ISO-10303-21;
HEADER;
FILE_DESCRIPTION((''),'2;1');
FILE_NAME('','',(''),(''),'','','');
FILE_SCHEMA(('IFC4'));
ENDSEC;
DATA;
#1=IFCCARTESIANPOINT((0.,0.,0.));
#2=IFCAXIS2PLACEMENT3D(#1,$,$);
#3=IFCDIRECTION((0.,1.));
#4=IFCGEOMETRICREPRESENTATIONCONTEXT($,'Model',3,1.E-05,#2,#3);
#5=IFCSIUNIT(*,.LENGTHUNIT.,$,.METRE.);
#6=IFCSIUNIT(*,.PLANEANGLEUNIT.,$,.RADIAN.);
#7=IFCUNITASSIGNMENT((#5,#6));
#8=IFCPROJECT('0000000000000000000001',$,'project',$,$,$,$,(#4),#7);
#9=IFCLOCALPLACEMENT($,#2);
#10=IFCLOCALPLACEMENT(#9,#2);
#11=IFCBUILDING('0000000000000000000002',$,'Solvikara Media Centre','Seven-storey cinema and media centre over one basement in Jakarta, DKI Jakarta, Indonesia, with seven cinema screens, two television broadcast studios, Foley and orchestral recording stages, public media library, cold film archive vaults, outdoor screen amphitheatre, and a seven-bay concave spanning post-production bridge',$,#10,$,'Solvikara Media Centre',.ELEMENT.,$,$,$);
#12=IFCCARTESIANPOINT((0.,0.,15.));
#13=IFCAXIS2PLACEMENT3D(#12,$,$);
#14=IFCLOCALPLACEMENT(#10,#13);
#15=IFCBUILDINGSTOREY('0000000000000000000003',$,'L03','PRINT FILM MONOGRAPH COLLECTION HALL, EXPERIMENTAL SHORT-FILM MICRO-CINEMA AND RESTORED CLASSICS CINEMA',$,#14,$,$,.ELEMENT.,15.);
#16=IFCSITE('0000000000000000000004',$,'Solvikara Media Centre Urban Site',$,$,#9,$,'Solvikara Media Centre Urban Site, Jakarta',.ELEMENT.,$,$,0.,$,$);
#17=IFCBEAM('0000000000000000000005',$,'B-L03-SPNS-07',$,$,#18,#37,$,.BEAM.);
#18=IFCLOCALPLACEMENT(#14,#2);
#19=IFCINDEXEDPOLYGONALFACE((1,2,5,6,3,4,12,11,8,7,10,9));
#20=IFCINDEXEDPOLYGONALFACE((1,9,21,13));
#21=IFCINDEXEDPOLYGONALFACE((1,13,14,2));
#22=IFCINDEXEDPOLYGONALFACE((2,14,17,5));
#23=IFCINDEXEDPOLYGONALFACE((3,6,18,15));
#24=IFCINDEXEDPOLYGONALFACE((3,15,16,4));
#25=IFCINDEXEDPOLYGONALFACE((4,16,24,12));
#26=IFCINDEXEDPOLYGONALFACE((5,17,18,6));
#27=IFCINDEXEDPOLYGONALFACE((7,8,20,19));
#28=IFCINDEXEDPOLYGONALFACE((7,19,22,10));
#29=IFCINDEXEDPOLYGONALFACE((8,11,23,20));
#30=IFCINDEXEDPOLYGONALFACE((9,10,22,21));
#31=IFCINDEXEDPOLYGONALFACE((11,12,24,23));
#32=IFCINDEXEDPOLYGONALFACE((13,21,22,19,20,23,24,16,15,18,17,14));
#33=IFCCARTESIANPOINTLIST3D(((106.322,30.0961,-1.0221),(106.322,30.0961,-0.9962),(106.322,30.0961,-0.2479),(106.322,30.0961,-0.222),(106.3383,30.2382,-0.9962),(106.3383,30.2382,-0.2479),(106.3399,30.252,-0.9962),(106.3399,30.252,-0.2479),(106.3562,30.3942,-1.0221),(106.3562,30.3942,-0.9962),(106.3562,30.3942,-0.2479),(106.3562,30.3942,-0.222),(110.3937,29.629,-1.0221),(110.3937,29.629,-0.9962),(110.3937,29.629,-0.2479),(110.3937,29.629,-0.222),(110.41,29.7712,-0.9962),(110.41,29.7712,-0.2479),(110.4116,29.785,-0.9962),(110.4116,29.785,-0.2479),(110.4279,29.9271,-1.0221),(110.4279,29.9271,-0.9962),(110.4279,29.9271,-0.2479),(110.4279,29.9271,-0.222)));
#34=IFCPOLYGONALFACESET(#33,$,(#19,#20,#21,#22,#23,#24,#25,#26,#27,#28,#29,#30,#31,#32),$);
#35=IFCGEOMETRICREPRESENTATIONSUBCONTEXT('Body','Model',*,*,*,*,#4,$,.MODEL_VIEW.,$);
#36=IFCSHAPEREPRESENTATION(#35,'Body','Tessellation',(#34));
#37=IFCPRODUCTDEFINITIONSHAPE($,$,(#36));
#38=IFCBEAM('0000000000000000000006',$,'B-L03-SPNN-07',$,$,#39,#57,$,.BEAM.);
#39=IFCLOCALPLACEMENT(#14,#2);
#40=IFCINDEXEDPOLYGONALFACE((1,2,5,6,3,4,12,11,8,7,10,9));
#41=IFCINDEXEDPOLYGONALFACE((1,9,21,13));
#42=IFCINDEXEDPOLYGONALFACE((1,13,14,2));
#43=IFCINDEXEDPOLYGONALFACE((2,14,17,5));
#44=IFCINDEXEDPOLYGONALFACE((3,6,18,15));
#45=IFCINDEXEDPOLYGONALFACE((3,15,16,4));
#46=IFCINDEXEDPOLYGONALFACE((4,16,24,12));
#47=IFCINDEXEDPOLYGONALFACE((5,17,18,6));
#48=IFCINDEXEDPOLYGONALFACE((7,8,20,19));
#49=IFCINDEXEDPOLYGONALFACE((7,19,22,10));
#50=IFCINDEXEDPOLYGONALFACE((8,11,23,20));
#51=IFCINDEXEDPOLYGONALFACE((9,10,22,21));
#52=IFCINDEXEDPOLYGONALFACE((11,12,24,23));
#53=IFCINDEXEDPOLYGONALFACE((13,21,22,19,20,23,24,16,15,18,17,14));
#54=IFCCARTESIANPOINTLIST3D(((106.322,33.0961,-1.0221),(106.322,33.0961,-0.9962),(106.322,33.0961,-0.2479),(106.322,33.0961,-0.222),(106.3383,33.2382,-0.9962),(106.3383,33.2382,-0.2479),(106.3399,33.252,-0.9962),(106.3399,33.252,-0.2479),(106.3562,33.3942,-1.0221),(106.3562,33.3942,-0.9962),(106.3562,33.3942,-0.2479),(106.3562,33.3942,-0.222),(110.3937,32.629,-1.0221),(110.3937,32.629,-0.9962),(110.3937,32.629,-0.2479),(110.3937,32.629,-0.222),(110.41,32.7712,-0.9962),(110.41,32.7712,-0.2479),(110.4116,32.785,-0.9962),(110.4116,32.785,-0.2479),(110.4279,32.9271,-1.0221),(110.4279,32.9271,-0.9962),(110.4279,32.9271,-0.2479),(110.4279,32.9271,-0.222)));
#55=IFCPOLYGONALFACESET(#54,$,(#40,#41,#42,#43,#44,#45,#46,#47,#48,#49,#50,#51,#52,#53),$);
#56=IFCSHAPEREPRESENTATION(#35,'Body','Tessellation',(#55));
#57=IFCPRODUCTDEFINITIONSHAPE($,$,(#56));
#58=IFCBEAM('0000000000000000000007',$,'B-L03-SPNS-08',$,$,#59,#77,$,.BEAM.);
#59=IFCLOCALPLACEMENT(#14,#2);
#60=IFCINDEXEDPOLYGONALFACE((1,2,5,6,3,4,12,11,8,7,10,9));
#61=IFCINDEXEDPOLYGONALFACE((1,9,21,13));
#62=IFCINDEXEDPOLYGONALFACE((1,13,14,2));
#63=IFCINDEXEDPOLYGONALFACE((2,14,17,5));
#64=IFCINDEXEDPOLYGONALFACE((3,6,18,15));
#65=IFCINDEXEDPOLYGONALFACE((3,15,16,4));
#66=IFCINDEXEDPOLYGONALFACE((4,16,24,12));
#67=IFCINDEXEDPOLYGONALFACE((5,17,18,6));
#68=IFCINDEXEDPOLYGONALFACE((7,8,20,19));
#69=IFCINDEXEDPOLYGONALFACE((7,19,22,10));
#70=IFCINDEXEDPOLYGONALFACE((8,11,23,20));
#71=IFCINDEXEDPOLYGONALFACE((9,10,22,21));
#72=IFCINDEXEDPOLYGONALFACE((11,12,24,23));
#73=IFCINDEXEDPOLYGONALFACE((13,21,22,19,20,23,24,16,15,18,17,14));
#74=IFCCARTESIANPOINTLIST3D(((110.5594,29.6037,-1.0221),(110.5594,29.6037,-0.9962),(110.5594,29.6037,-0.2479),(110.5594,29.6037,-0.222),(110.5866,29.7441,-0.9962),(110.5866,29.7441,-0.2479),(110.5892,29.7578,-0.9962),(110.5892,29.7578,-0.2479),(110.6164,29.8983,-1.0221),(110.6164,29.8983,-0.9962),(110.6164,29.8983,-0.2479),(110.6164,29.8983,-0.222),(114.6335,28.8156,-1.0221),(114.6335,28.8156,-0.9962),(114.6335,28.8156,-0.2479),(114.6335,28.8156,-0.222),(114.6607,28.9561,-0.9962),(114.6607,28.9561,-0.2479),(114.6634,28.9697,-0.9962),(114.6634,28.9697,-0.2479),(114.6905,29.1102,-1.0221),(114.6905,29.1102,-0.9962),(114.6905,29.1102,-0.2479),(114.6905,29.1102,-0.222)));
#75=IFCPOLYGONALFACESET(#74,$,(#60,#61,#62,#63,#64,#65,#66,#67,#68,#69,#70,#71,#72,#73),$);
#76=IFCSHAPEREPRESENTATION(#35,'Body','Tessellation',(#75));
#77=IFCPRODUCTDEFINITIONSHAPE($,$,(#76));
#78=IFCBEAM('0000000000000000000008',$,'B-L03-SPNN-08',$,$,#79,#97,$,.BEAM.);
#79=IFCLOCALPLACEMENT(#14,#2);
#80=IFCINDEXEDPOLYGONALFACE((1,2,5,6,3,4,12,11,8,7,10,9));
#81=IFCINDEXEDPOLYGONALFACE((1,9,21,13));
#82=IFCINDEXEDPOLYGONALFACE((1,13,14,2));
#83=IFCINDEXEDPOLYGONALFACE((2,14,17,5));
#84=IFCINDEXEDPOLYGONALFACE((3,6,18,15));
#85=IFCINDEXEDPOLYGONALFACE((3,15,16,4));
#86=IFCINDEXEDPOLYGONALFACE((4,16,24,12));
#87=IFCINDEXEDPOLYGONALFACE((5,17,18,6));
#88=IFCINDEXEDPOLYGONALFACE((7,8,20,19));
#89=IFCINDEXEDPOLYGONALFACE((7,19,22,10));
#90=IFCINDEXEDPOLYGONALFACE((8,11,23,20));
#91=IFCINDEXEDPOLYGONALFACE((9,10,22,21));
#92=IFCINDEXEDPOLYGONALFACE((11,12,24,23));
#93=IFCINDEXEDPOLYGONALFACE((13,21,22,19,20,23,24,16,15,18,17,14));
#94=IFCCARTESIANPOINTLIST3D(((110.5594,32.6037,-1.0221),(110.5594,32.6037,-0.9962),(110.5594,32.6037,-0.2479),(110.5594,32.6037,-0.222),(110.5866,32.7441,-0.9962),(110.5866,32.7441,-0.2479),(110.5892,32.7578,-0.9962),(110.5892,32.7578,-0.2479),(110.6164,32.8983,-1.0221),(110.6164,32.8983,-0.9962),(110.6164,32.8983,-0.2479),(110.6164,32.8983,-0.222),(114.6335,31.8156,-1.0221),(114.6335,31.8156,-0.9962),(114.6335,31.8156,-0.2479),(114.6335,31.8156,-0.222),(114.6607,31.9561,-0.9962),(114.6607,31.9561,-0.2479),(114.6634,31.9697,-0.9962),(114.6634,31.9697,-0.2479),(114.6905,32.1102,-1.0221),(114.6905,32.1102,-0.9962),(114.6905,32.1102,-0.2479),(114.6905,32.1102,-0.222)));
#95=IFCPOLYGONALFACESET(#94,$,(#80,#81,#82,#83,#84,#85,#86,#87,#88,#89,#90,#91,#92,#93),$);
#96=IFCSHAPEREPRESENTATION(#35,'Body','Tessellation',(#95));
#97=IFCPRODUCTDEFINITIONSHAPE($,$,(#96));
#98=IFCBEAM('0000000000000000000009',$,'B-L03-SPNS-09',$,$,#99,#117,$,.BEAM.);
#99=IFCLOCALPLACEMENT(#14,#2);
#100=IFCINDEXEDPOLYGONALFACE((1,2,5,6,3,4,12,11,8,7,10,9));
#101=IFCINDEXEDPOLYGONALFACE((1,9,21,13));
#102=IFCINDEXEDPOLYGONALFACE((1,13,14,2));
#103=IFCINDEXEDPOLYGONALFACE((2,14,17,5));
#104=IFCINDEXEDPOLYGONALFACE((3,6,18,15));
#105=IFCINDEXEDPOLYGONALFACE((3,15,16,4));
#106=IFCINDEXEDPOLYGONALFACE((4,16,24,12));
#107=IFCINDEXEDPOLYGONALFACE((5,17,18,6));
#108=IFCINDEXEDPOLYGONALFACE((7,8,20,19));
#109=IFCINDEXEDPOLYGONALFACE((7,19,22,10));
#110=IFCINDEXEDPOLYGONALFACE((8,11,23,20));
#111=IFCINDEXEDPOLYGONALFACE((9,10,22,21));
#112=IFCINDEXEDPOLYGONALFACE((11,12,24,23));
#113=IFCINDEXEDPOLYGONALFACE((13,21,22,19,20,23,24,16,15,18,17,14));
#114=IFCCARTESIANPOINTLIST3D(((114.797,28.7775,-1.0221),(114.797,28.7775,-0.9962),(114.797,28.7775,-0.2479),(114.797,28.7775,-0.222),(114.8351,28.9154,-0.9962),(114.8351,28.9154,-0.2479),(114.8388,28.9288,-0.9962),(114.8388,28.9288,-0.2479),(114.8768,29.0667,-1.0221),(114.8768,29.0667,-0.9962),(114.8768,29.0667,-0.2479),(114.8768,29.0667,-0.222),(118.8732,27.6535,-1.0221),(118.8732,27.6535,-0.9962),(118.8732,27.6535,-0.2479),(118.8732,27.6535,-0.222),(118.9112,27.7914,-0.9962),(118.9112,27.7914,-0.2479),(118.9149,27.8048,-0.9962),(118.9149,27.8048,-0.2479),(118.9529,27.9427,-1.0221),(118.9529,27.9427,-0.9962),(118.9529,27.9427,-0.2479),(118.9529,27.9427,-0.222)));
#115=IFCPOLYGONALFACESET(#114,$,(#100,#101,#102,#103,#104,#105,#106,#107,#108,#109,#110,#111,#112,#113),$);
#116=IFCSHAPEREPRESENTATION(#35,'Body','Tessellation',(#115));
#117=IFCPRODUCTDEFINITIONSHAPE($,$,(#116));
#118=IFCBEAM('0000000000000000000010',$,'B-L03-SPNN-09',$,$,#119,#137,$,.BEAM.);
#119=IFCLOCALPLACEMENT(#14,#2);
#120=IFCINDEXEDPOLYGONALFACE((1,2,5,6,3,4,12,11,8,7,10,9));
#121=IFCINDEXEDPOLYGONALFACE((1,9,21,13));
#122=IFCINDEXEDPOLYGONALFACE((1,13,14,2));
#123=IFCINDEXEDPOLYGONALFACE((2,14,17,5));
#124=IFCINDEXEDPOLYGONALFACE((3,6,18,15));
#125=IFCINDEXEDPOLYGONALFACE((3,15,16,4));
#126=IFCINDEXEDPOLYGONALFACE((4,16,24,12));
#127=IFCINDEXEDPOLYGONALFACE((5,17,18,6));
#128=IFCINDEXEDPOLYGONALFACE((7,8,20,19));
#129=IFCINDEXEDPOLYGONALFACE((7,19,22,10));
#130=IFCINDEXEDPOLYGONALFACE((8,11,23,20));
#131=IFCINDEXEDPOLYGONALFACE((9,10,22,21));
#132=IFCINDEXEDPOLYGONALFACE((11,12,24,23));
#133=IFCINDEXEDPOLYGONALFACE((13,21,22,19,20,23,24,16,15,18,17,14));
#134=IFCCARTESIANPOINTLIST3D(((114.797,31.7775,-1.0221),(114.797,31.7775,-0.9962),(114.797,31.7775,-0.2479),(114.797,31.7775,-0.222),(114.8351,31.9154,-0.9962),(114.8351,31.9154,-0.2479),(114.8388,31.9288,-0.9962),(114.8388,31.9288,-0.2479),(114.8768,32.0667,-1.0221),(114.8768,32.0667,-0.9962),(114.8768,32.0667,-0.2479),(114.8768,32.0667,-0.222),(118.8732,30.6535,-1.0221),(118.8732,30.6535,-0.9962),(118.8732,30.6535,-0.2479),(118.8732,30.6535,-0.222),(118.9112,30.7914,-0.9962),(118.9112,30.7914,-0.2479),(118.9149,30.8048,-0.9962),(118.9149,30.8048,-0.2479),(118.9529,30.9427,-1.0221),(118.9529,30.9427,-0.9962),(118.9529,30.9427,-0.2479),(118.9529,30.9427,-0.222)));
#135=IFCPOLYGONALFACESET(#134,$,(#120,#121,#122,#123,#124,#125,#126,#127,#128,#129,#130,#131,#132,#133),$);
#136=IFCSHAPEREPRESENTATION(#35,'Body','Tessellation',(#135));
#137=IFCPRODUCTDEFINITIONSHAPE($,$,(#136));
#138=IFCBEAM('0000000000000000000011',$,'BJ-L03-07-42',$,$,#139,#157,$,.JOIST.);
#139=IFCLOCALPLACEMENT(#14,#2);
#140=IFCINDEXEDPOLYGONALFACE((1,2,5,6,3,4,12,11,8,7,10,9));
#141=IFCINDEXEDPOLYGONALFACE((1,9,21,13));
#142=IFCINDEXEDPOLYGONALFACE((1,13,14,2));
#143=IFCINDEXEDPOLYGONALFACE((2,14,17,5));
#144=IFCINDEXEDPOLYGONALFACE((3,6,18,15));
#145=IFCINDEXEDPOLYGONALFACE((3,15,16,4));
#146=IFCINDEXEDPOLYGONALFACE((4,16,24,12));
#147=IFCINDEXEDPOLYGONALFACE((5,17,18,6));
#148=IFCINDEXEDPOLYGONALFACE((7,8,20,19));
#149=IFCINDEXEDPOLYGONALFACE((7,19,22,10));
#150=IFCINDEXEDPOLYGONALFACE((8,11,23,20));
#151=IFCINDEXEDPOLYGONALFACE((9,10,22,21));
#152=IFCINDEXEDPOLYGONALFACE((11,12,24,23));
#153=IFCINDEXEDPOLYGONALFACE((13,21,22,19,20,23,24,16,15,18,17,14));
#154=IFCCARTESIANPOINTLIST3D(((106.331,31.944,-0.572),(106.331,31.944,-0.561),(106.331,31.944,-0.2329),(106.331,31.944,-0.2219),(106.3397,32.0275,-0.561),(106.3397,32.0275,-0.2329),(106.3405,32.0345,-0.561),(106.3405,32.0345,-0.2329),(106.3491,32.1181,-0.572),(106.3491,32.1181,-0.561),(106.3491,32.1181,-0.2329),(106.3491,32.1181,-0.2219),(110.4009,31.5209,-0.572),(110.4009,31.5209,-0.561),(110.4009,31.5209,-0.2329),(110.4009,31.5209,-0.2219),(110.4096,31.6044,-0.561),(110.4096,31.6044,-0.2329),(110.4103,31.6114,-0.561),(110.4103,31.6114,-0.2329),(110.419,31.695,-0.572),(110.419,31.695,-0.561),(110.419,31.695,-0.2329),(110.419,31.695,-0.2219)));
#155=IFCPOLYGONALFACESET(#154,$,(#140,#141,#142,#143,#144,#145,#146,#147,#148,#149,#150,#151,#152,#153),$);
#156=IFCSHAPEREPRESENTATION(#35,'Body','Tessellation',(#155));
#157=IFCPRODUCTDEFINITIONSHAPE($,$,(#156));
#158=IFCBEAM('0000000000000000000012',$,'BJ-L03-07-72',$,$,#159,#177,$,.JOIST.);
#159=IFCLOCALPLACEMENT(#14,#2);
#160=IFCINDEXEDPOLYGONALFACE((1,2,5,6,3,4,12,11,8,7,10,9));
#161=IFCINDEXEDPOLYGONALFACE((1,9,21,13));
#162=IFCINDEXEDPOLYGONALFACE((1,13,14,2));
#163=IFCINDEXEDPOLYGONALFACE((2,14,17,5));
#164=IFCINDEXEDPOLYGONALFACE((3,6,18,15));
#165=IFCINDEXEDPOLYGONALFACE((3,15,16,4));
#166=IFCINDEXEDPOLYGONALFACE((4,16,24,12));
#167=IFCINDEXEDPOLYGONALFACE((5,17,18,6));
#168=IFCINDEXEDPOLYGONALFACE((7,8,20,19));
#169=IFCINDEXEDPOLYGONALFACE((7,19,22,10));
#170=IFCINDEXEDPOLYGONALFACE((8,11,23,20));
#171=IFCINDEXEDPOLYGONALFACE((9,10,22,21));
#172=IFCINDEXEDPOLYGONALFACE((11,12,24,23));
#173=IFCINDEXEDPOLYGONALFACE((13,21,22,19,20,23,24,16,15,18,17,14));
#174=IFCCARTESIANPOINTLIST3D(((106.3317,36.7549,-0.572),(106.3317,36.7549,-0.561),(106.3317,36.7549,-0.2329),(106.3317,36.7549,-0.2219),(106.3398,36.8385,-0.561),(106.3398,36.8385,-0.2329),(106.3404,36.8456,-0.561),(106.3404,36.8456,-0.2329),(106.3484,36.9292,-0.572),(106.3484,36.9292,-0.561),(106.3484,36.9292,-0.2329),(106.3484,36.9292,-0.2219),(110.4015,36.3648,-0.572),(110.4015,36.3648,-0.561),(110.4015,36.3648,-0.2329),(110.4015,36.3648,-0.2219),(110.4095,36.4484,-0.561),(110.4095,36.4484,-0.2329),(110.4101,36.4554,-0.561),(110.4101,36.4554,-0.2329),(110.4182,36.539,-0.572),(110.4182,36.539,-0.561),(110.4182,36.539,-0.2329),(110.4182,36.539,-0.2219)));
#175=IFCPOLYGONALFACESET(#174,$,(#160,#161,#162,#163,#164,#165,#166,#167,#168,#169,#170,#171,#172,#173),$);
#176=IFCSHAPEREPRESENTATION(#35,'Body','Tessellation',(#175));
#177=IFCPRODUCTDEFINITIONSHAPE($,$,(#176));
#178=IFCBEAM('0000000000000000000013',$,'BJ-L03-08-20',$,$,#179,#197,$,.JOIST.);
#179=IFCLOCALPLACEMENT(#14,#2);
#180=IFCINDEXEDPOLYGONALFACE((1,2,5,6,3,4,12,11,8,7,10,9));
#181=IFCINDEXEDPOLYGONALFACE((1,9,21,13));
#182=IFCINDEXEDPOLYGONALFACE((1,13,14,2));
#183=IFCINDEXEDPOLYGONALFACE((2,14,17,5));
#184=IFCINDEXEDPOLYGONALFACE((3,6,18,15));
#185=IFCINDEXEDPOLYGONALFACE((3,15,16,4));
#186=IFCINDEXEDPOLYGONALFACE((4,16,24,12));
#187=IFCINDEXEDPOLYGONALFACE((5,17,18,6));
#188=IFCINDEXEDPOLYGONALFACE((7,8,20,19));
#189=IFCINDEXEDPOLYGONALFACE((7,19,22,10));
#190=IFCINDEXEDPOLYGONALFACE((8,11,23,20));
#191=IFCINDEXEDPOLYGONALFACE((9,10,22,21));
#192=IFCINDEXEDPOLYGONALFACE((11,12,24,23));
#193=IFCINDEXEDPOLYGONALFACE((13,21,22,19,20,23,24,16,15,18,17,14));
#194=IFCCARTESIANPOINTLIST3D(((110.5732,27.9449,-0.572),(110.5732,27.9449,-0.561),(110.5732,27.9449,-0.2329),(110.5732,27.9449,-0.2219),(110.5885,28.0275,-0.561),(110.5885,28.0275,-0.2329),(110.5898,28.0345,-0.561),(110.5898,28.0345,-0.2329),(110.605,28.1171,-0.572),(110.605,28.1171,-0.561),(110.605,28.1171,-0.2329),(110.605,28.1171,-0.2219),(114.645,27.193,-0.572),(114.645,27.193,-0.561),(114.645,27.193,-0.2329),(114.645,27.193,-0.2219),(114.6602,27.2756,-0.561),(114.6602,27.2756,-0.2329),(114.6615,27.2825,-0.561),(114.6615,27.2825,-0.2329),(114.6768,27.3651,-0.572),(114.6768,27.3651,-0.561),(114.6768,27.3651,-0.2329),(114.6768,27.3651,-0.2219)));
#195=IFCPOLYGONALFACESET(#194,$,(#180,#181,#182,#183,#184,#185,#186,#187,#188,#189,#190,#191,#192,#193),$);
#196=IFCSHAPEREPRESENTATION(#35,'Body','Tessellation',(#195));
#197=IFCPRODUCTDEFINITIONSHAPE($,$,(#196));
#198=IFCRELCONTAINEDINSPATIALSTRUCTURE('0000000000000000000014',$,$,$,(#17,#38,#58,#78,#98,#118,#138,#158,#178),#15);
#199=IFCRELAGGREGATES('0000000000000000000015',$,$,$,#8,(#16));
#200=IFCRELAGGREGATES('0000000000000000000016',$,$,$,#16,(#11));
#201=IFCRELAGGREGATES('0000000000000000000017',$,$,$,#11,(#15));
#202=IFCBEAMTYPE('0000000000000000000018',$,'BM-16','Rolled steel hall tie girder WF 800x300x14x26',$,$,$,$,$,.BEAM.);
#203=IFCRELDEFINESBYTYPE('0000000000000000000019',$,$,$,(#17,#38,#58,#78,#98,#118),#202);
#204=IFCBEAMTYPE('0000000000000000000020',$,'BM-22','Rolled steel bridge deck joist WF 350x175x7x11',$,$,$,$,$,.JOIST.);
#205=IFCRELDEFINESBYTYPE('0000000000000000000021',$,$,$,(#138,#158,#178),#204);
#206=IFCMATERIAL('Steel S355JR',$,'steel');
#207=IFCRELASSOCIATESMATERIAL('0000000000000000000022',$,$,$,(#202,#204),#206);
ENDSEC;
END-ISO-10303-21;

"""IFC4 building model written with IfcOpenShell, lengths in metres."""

from ifc_helpers import new_model, si_unit, direction, frame, origin, origin_2d, place, context, subcontext, project, spatial, i_section, extrude, material, material_profile, profile_set, type_object, element, save


model = new_model("IFC4")

# Units and contexts
model_context = context("Model", 3, precision=1e-05, world=origin(), true_north=direction((0.0, 1.0)))
body_context = subcontext(model_context, "Body", "Model", "MODEL_VIEW")
ifc_project = project(units=[si_unit("LENGTHUNIT", "METRE"), si_unit("PLANEANGLEUNIT", "RADIAN")], contexts=[model_context])

# Site, building, storey
site_placement = place(None, origin())
site = spatial("IfcSite", under=ifc_project, at=site_placement, Name="Solvikara Media Centre Urban Site", LongName="Solvikara Media Centre Urban Site, Jakarta", CompositionType="ELEMENT", RefElevation=0.0)
building_placement = place(site_placement, origin())
building = spatial("IfcBuilding", under=site, at=building_placement, Name="Solvikara Media Centre", Description="Seven-storey cinema and media centre over one basement in Jakarta, DKI Jakarta, Indonesia, with seven cinema screens, two television broadcast studios, Foley and orchestral recording stages, public media library, cold film archive vaults, outdoor screen amphitheatre, and a seven-bay concave spanning post-production bridge", LongName="Solvikara Media Centre", CompositionType="ELEMENT")
storey_placement = place(building_placement, frame((0.0, 0.0, 15.0)))
storey = spatial("IfcBuildingStorey", under=building, at=storey_placement, Name="L03", Description="PRINT FILM MONOGRAPH COLLECTION HALL, EXPERIMENTAL SHORT-FILM MICRO-CINEMA AND RESTORED CLASSICS CINEMA", CompositionType="ELEMENT", Elevation=15.0)

# Beams
ifc_material_1 = material(Name="Steel S355JR", Category="steel")
ifc_material_profile_1 = material_profile(ifc_material_1, i_section(OverallWidth=0.3, OverallDepth=0.8, WebThickness=0.0139, FlangeThickness=0.0259, at=origin_2d()), Name="WF 800x300x14x26")
ifc_profile_set_1 = profile_set([ifc_material_profile_1], Name="Steel S355JR")
beam_type_1 = type_object("IfcBeamType", Name="BM-16", Description="Rolled steel hall tie girder WF 800x300x14x26", PredefinedType="BEAM", material=ifc_profile_set_1)
for number, where, z_axis, x_axis, name in (
    (1, (106.3391, 30.2451, -0.6221), (0.993486, -0.113955, 0.0), (0.113955, 0.993486, 0.0), "B-L03-SPNS-07"),
    (2, (106.3391, 33.2451, -0.6221), (0.993486, -0.113955, 0.0), (0.113955, 0.993486, 0.0), "B-L03-SPNN-07"),
):
    element("IfcBeam", number, at=place(storey_placement, frame(where, z_axis=z_axis, x_axis=x_axis)), inside=storey, type_object=beam_type_1, Name=name, PredefinedType="BEAM", context=body_context, shape_type="SweptSolid", body=[
        extrude(i_section(OverallWidth=0.3, OverallDepth=0.8, WebThickness=0.0139, FlangeThickness=0.0259, at=origin_2d()), origin(), (0.0, 0.0, 1.0), 4.0984),
    ])
for number, where, z_axis, x_axis, name in (
    (3, (110.5879, 29.751, -0.6221), (0.981801, -0.189912, 0.0), (0.189912, 0.981801, 0.0), "B-L03-SPNS-08"),
    (4, (110.5879, 32.751, -0.6221), (0.981801, -0.189912, 0.0), (0.189912, 0.981801, 0.0), "B-L03-SPNN-08"),
):
    element("IfcBeam", number, at=place(storey_placement, frame(where, z_axis=z_axis, x_axis=x_axis)), inside=storey, type_object=beam_type_1, Name=name, PredefinedType="BEAM", context=body_context, shape_type="SweptSolid", body=[
        extrude(i_section(OverallWidth=0.3, OverallDepth=0.8, WebThickness=0.0139, FlangeThickness=0.0259, at=origin_2d()), origin(), (0.0, 0.0, 1.0), 4.1497),
    ])
for number, where, z_axis, x_axis, name in (
    (5, (114.8369, 28.9221, -0.6221), (0.964019, -0.265833, 0.0), (0.265833, 0.964019, 0.0), "B-L03-SPNS-09"),
    (6, (114.8369, 31.9221, -0.6221), (0.964019, -0.265833, 0.0), (0.265833, 0.964019, 0.0), "B-L03-SPNN-09"),
):
    element("IfcBeam", number, at=place(storey_placement, frame(where, z_axis=z_axis, x_axis=x_axis)), inside=storey, type_object=beam_type_1, Name=name, PredefinedType="BEAM", context=body_context, shape_type="SweptSolid", body=[
        extrude(i_section(OverallWidth=0.3, OverallDepth=0.8, WebThickness=0.0139, FlangeThickness=0.0259, at=origin_2d()), origin(), (0.0, 0.0, 1.0), 4.2283),
    ])
ifc_material_profile_2 = material_profile(ifc_material_1, i_section(OverallWidth=0.175, OverallDepth=0.3501, WebThickness=0.0071, FlangeThickness=0.011, at=origin_2d()), Name="WF 350x175x7x11")
ifc_profile_set_2 = profile_set([ifc_material_profile_2], Name="Steel S355JR")
beam_type_2 = type_object("IfcBeamType", Name="BM-22", Description="Rolled steel bridge deck joist WF 350x175x7x11", PredefinedType="JOIST", material=ifc_profile_set_2)
beam_1_placement = place(storey_placement, frame((106.3401, 32.031, -0.397), z_axis=(0.99464, -0.103402, 0.0), x_axis=(0.103402, 0.99464, 0.0)))
element("IfcBeam", 7, at=beam_1_placement, inside=storey, type_object=beam_type_2, Name="BJ-L03-07-42", PredefinedType="JOIST", context=body_context, shape_type="SweptSolid", body=[
    extrude(i_section(OverallWidth=0.175, OverallDepth=0.3501, WebThickness=0.0071, FlangeThickness=0.011, at=origin_2d()), origin(), (0.0, 0.0, 1.0), 4.0918),
])
beam_2_placement = place(storey_placement, frame((106.3401, 36.842, -0.397), z_axis=(0.995437, -0.095423, 0.0), x_axis=(0.095423, 0.995437, 0.0)))
element("IfcBeam", 8, at=beam_2_placement, inside=storey, type_object=beam_type_2, Name="BJ-L03-07-72", PredefinedType="JOIST", context=body_context, shape_type="SweptSolid", body=[
    extrude(i_section(OverallWidth=0.175, OverallDepth=0.3501, WebThickness=0.0071, FlangeThickness=0.011, at=origin_2d()), origin(), (0.0, 0.0, 1.0), 4.0884),
])
beam_3_placement = place(storey_placement, frame((110.5891, 28.031, -0.397), z_axis=(0.983372, -0.181604, 0.0), x_axis=(0.181604, 0.983372, 0.0)))
element("IfcBeam", 9, at=beam_3_placement, inside=storey, type_object=beam_type_2, Name="BJ-L03-08-20", PredefinedType="JOIST", context=body_context, shape_type="SweptSolid", body=[
    extrude(i_section(OverallWidth=0.175, OverallDepth=0.3501, WebThickness=0.0071, FlangeThickness=0.011, at=origin_2d()), origin(), (0.0, 0.0, 1.0), 4.1406),
])

save(model, "model.ifc")
